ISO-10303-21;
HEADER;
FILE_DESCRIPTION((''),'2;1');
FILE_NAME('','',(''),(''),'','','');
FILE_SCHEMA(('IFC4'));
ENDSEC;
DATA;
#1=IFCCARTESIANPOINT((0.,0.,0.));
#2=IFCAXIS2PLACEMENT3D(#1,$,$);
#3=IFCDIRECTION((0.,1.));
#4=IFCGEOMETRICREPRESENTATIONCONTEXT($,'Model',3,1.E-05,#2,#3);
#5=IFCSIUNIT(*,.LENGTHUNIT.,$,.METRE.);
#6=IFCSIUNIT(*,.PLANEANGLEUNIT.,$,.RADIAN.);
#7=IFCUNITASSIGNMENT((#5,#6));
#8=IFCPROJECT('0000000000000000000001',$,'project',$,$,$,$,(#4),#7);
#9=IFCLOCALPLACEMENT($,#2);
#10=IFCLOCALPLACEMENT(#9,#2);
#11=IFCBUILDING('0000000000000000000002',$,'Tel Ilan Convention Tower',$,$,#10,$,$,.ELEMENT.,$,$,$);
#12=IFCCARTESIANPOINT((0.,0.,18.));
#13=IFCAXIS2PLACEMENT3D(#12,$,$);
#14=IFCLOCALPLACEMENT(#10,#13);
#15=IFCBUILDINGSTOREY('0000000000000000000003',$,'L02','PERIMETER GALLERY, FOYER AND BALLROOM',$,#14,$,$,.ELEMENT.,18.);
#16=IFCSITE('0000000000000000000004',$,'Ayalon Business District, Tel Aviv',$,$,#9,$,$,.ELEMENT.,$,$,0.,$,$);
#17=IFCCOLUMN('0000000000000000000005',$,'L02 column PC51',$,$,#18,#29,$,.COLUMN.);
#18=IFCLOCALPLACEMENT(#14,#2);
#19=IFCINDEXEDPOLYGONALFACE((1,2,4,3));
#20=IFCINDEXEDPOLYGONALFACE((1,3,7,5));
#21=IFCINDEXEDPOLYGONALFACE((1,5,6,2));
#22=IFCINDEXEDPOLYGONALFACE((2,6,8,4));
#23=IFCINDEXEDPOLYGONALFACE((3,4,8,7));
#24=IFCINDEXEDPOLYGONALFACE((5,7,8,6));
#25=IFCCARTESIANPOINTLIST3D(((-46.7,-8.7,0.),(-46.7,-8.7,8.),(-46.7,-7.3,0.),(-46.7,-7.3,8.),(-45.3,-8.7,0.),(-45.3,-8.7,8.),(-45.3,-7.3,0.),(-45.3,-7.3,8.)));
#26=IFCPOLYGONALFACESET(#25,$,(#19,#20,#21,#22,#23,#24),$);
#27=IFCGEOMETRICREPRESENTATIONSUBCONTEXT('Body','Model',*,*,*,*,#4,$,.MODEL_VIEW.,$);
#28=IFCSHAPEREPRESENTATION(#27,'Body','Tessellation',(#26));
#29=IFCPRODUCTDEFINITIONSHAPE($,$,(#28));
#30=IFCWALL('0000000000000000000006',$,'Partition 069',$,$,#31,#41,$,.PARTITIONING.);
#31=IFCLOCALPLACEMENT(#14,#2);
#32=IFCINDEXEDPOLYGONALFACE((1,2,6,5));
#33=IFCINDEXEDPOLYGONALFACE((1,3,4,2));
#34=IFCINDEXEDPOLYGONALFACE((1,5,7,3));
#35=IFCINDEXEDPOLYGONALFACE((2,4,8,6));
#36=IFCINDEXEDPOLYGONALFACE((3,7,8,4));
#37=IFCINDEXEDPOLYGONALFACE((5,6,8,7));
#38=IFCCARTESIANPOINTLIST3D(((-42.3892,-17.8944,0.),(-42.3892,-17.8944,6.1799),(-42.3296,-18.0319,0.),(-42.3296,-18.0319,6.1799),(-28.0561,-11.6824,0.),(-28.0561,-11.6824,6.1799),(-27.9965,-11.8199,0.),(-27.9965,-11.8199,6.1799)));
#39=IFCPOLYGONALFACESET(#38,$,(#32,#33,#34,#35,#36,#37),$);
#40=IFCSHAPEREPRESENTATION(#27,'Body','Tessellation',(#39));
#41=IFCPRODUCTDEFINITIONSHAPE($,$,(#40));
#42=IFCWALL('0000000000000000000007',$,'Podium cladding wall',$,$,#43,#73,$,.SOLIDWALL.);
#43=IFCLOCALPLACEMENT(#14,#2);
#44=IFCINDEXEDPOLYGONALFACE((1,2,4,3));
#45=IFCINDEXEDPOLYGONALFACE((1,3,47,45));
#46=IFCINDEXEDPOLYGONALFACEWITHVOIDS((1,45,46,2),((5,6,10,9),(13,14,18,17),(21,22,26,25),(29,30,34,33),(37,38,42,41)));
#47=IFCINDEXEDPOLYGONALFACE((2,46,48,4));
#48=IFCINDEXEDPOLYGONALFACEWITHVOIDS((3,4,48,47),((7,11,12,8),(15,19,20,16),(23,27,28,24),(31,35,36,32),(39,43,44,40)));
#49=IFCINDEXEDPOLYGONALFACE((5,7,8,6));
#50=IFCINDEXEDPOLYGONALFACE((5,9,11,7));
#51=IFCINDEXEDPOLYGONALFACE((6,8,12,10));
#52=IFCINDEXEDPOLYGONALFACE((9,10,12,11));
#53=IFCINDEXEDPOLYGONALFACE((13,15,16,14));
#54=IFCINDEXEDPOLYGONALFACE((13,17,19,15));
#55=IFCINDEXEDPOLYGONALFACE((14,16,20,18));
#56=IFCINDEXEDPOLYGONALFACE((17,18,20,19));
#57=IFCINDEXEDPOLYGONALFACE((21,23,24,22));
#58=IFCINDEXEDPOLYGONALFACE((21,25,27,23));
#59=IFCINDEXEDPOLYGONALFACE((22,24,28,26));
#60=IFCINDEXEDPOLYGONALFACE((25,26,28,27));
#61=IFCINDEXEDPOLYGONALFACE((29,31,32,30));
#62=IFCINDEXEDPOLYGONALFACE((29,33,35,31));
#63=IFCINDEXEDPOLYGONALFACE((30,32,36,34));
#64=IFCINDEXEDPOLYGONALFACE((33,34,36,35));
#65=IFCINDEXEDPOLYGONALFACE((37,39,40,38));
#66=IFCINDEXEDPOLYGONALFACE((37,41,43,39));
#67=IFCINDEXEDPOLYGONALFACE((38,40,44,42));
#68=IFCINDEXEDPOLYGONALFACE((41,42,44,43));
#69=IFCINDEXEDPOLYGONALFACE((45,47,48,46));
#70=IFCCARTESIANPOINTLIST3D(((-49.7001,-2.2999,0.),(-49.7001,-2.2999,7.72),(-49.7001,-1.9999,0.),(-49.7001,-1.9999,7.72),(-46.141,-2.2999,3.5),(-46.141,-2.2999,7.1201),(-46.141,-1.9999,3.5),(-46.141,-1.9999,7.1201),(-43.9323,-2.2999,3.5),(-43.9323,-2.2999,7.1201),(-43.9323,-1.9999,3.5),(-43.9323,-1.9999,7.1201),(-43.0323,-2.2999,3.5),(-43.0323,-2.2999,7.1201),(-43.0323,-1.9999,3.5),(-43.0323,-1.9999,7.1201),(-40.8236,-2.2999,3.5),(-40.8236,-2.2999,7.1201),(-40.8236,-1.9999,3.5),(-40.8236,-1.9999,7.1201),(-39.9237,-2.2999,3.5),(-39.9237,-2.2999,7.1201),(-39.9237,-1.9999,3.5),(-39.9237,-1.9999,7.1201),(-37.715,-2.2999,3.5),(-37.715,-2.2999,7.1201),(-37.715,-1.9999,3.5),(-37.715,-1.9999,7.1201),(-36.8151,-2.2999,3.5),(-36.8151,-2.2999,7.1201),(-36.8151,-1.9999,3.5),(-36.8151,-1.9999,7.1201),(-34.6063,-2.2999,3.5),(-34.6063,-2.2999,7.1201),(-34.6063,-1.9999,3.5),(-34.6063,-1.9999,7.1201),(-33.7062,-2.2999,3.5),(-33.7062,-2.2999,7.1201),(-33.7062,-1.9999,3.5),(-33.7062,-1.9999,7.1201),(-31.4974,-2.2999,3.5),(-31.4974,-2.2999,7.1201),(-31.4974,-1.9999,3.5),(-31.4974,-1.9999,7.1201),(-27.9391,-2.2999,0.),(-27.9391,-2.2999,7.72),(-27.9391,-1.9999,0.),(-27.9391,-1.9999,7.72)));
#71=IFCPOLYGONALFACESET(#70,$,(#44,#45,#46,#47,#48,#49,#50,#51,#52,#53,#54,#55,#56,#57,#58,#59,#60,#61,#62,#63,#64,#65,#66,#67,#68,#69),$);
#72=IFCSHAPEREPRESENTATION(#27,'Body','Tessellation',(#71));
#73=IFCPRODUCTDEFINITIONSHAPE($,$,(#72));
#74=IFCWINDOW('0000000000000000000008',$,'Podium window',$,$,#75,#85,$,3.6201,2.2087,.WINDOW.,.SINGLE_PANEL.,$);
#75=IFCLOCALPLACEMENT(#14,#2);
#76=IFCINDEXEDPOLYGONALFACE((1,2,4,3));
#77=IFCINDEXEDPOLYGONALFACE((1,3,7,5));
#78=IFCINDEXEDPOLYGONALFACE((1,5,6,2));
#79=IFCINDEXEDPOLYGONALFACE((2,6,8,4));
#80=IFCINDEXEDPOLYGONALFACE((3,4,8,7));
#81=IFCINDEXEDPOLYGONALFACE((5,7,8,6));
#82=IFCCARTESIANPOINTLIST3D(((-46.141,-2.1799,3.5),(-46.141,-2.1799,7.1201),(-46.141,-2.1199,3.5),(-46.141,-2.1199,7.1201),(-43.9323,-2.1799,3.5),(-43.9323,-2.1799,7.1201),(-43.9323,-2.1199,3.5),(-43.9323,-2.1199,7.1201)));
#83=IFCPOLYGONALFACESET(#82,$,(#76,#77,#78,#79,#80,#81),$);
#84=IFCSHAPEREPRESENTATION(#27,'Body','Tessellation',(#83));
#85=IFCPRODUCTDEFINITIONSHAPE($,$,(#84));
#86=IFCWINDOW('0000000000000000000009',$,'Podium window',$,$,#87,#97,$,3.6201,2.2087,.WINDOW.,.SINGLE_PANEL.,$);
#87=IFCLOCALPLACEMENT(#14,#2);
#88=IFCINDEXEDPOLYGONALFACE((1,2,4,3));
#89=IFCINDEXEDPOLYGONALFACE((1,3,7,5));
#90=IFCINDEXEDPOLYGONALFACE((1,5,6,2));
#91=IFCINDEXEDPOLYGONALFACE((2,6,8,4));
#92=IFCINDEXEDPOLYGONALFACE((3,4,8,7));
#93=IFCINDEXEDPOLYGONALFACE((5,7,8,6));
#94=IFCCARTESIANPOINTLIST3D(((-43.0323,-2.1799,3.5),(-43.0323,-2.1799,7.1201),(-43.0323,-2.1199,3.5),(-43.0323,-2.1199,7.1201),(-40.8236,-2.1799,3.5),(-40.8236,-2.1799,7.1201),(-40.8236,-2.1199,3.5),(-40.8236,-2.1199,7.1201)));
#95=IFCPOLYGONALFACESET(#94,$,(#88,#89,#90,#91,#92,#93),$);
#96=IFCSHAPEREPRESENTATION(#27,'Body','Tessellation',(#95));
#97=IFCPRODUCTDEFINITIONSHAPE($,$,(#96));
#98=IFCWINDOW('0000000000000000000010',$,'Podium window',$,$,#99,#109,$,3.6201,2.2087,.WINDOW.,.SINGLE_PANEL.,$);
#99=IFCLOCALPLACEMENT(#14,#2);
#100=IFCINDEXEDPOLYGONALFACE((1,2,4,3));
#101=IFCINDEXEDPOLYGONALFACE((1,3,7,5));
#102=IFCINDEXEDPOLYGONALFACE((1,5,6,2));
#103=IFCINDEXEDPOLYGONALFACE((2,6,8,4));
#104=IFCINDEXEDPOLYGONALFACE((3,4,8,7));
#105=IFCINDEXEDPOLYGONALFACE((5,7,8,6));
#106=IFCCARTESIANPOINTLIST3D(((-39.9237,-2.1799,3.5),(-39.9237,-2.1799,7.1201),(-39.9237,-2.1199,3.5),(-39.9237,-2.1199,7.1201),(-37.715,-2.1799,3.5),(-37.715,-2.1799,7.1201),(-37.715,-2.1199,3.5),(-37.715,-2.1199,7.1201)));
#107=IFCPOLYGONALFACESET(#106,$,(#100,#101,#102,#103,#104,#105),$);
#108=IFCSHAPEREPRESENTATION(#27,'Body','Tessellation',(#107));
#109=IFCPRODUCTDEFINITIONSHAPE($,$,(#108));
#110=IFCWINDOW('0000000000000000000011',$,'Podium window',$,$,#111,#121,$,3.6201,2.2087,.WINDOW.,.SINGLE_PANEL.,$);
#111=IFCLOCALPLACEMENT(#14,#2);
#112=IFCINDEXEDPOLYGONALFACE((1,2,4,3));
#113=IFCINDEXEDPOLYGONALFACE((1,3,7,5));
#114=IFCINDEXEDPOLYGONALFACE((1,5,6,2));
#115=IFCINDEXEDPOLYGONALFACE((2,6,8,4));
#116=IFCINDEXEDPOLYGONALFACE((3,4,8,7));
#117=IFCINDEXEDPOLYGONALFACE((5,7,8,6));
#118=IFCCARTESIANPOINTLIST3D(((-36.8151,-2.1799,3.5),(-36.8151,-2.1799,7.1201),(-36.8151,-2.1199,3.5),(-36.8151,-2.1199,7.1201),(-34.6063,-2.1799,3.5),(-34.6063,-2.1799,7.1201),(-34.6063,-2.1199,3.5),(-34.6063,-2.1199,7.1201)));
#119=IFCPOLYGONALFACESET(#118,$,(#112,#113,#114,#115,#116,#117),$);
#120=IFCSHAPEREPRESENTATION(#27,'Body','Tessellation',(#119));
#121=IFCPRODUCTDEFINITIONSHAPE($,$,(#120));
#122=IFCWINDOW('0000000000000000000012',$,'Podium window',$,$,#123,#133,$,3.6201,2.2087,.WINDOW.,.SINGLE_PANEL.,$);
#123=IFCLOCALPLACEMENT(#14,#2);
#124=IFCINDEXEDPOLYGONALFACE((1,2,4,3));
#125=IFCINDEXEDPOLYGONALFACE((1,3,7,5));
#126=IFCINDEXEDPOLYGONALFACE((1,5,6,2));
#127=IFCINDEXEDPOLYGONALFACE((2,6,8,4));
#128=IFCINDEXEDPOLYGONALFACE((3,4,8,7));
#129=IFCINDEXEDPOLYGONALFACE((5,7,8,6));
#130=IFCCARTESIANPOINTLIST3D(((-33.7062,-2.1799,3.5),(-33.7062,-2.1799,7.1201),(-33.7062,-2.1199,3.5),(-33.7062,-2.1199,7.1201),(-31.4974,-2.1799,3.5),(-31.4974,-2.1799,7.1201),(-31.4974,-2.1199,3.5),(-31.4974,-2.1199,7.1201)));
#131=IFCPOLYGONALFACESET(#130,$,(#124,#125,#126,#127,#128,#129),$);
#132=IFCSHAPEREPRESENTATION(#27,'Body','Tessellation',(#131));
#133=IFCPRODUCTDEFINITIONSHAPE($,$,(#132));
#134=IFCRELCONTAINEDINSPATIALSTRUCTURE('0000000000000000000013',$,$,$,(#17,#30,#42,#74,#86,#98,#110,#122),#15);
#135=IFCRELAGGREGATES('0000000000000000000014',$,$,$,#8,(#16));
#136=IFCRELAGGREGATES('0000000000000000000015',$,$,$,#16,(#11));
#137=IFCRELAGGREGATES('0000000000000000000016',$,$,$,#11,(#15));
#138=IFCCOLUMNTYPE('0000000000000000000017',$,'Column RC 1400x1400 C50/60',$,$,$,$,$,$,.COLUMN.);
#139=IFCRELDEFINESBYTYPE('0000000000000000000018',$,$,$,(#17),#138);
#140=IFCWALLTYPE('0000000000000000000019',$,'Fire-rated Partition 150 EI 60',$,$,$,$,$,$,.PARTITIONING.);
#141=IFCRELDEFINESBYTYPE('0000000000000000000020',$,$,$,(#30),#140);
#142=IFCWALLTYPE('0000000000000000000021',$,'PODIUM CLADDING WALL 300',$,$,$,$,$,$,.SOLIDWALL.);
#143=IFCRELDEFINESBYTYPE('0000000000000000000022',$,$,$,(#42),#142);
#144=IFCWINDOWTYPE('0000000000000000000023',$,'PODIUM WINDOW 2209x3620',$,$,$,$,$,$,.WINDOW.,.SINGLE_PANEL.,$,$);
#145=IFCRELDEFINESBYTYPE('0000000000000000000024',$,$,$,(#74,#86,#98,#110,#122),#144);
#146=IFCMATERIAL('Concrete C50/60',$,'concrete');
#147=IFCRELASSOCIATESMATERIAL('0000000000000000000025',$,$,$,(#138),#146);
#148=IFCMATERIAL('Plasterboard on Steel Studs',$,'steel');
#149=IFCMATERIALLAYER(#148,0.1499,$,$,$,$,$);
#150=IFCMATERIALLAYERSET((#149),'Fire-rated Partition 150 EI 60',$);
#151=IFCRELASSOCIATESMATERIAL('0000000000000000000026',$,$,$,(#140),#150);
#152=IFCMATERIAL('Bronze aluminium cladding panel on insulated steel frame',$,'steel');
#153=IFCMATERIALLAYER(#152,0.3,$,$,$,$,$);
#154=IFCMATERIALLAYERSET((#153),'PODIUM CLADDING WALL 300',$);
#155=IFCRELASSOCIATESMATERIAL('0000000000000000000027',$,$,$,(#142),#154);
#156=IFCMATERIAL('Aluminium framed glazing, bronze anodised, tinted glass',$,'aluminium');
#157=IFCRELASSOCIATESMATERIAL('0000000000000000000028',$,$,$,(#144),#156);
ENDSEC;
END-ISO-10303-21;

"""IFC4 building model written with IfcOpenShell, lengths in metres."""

from ifc_helpers import new_model, si_unit, direction, frame, frame_2d, origin, origin_2d, place, context, subcontext, project, spatial, rectangle, extrude, material, layer, layer_set, material_profile, profile_set, type_object, element, fill, save


model = new_model("IFC4")

# Units and contexts
model_context = context("Model", 3, precision=1e-05, world=origin(), true_north=direction((0.0, 1.0)))
body_context = subcontext(model_context, "Body", "Model", "MODEL_VIEW")
ifc_project = project(units=[si_unit("LENGTHUNIT", "METRE"), si_unit("PLANEANGLEUNIT", "RADIAN")], contexts=[model_context])

# Site, building, storey
site_placement = place(None, origin())
site = spatial("IfcSite", under=ifc_project, at=site_placement, Name="Ayalon Business District, Tel Aviv", CompositionType="ELEMENT", RefElevation=0.0)
building_placement = place(site_placement, origin())
building = spatial("IfcBuilding", under=site, at=building_placement, Name="Tel Ilan Convention Tower", CompositionType="ELEMENT")
storey_placement = place(building_placement, frame((0.0, 0.0, 18.0)))
storey = spatial("IfcBuildingStorey", under=building, at=storey_placement, Name="L02", Description="PERIMETER GALLERY, FOYER AND BALLROOM", CompositionType="ELEMENT", Elevation=18.0)

# Column
ifc_material_1 = material(Name="Concrete C50/60", Category="concrete")
ifc_material_profile = material_profile(ifc_material_1, rectangle(XDim=1.3999, YDim=1.3999, at=origin_2d()), Name="RC 1400x1400")
ifc_profile_set = profile_set([ifc_material_profile], Name="Concrete C50/60")
column_type = type_object("IfcColumnType", Name="Column RC 1400x1400 C50/60", PredefinedType="COLUMN", material=ifc_profile_set)
column_placement = place(storey_placement, frame((-46.0, -8.0, 0.0), z_axis=(0.0, 0.0, 1.0), x_axis=(1.0, 0.0, 0.0)))
element("IfcColumn", 1, at=column_placement, inside=storey, type_object=column_type, Name="L02 column PC51", PredefinedType="COLUMN", context=body_context, shape_type="SweptSolid", body=[
    extrude(rectangle(XDim=1.3999, YDim=1.3999, at=origin_2d()), origin(), (0.0, 0.0, 1.0), 8.0),
])

# Wall
ifc_material_2 = material(Name="Plasterboard on Steel Studs", Category="steel")
ifc_layer_1 = layer(ifc_material_2, 0.1499)
ifc_layer_set_1 = layer_set([ifc_layer_1], Name="Fire-rated Partition 150 EI 60")
wall_type_1 = type_object("IfcWallType", Name="Fire-rated Partition 150 EI 60", PredefinedType="PARTITIONING", material=ifc_layer_set_1)
wall_1_placement = place(storey_placement, frame((-28.0264, -11.7512, 0.0), z_axis=(0.0, 0.0, 1.0), x_axis=(-0.917534, -0.397658, 0.0)))
element("IfcWall", 2, at=wall_1_placement, inside=storey, type_object=wall_type_1, Name="Partition 069", PredefinedType="PARTITIONING", context=body_context, shape_type="SweptSolid", body=[
    extrude(rectangle(XDim=15.6213, YDim=0.1499, at=frame_2d((7.8105, 0.0))), origin(), (0.0, 0.0, 1.0), 6.1799),
])

# Wall, openings, windows
ifc_material_3 = material(Name="Bronze aluminium cladding panel on insulated steel frame", Category="steel")
ifc_layer_2 = layer(ifc_material_3, 0.3)
ifc_layer_set_2 = layer_set([ifc_layer_2], Name="PODIUM CLADDING WALL 300")
wall_type_2 = type_object("IfcWallType", Name="PODIUM CLADDING WALL 300", PredefinedType="SOLIDWALL", material=ifc_layer_set_2)
wall_2_placement = place(storey_placement, frame((-49.7, -2.1499, 0.0), z_axis=(0.0, 0.0, 1.0), x_axis=(1.0, 0.0, 0.0)))
wall_2 = element("IfcWall", 3, at=wall_2_placement, inside=storey, type_object=wall_type_2, Name="Podium cladding wall", PredefinedType="SOLIDWALL", context=body_context, shape_type="SweptSolid", body=[
    extrude(rectangle(XDim=21.761, YDim=0.3, at=frame_2d((10.8804, 0.0))), origin(), (0.0, 0.0, 1.0), 7.72),
])
opening_1_placement = place(wall_2_placement, frame((3.5588, 0.0, 3.5)))
opening_1 = element("IfcOpeningElement", 4, at=opening_1_placement, cuts=wall_2, PredefinedType="OPENING", context=body_context, shape_type="SweptSolid", body=[
    extrude(rectangle(XDim=2.2087, YDim=3.6201, at=frame_2d((1.1045, 1.8101))), frame((0.0, 0.1599, 0.0), z_axis=(0.0, -1.0, 0.0), x_axis=(1.0, 0.0, 0.0)), (0.0, 0.0, 1.0), 0.3201),
])
opening_2_placement = place(wall_2_placement, frame((6.6675, 0.0, 3.5)))
opening_2 = element("IfcOpeningElement", 5, at=opening_2_placement, cuts=wall_2, PredefinedType="OPENING", context=body_context, shape_type="SweptSolid", body=[
    extrude(rectangle(XDim=2.2087, YDim=3.6201, at=frame_2d((1.1045, 1.8101))), frame((0.0, 0.1599, 0.0), z_axis=(0.0, -1.0, 0.0), x_axis=(1.0, 0.0, 0.0)), (0.0, 0.0, 1.0), 0.3201),
])
opening_3_placement = place(wall_2_placement, frame((9.7761, 0.0, 3.5)))
opening_3 = element("IfcOpeningElement", 6, at=opening_3_placement, cuts=wall_2, PredefinedType="OPENING", context=body_context, shape_type="SweptSolid", body=[
    extrude(rectangle(XDim=2.2087, YDim=3.6201, at=frame_2d((1.1045, 1.8101))), frame((0.0, 0.1599, 0.0), z_axis=(0.0, -1.0, 0.0), x_axis=(1.0, 0.0, 0.0)), (0.0, 0.0, 1.0), 0.3201),
])
opening_4_placement = place(wall_2_placement, frame((12.8848, 0.0, 3.5)))
opening_4 = element("IfcOpeningElement", 7, at=opening_4_placement, cuts=wall_2, PredefinedType="OPENING", context=body_context, shape_type="SweptSolid", body=[
    extrude(rectangle(XDim=2.2087, YDim=3.6201, at=frame_2d((1.1045, 1.8101))), frame((0.0, 0.1599, 0.0), z_axis=(0.0, -1.0, 0.0), x_axis=(1.0, 0.0, 0.0)), (0.0, 0.0, 1.0), 0.3201),
])
opening_5_placement = place(wall_2_placement, frame((15.9937, 0.0, 3.5)))
opening_5 = element("IfcOpeningElement", 8, at=opening_5_placement, cuts=wall_2, PredefinedType="OPENING", context=body_context, shape_type="SweptSolid", body=[
    extrude(rectangle(XDim=2.2087, YDim=3.6201, at=frame_2d((1.1045, 1.8101))), frame((0.0, 0.1599, 0.0), z_axis=(0.0, -1.0, 0.0), x_axis=(1.0, 0.0, 0.0)), (0.0, 0.0, 1.0), 0.3201),
])
ifc_material_4 = material(Name="Aluminium framed glazing, bronze anodised, tinted glass", Category="aluminium")
window_type_1 = type_object("IfcWindowType", Name="PODIUM WINDOW 2209x3620", PartitioningType="SINGLE_PANEL", PredefinedType="WINDOW", material=ifc_material_4)
window_1_placement = place(opening_1_placement, origin())
window_1 = element("IfcWindow", 9, at=window_1_placement, inside=storey, type_object=window_type_1, Name="Podium window", OverallHeight=3.6201, OverallWidth=2.2087, PartitioningType="SINGLE_PANEL", PredefinedType="WINDOW", context=body_context, shape_type="SweptSolid", body=[
    extrude(rectangle(XDim=2.2087, YDim=3.6201, at=frame_2d((1.1045, 1.8101))), frame((0.0, 0.03, 0.0), z_axis=(0.0, -1.0, 0.0), x_axis=(1.0, 0.0, 0.0)), (0.0, 0.0, 1.0), 0.0601),
])
fill(opening_1, window_1)
window_2_placement = place(opening_2_placement, origin())
window_2 = element("IfcWindow", 10, at=window_2_placement, inside=storey, type_object=window_type_1, Name="Podium window", OverallHeight=3.6201, OverallWidth=2.2087, PartitioningType="SINGLE_PANEL", PredefinedType="WINDOW", context=body_context, shape_type="SweptSolid", body=[
    extrude(rectangle(XDim=2.2087, YDim=3.6201, at=frame_2d((1.1045, 1.8101))), frame((0.0, 0.03, 0.0), z_axis=(0.0, -1.0, 0.0), x_axis=(1.0, 0.0, 0.0)), (0.0, 0.0, 1.0), 0.0601),
])
fill(opening_2, window_2)
window_3_placement = place(opening_3_placement, origin())
window_3 = element("IfcWindow", 11, at=window_3_placement, inside=storey, type_object=window_type_1, Name="Podium window", OverallHeight=3.6201, OverallWidth=2.2087, PartitioningType="SINGLE_PANEL", PredefinedType="WINDOW", context=body_context, shape_type="SweptSolid", body=[
    extrude(rectangle(XDim=2.2087, YDim=3.6201, at=frame_2d((1.1045, 1.8101))), frame((0.0, 0.03, 0.0), z_axis=(0.0, -1.0, 0.0), x_axis=(1.0, 0.0, 0.0)), (0.0, 0.0, 1.0), 0.0601),
])
fill(opening_3, window_3)
window_4_placement = place(opening_4_placement, origin())
window_4 = element("IfcWindow", 12, at=window_4_placement, inside=storey, type_object=window_type_1, Name="Podium window", OverallHeight=3.6201, OverallWidth=2.2087, PartitioningType="SINGLE_PANEL", PredefinedType="WINDOW", context=body_context, shape_type="SweptSolid", body=[
    extrude(rectangle(XDim=2.2087, YDim=3.6201, at=frame_2d((1.1045, 1.8101))), frame((0.0, 0.03, 0.0), z_axis=(0.0, -1.0, 0.0), x_axis=(1.0, 0.0, 0.0)), (0.0, 0.0, 1.0), 0.0601),
])
fill(opening_4, window_4)
window_5_placement = place(opening_5_placement, origin())
window_5 = element("IfcWindow", 13, at=window_5_placement, inside=storey, type_object=window_type_1, Name="Podium window", OverallHeight=3.6201, OverallWidth=2.2087, PartitioningType="SINGLE_PANEL", PredefinedType="WINDOW", context=body_context, shape_type="SweptSolid", body=[
    extrude(rectangle(XDim=2.2087, YDim=3.6201, at=frame_2d((1.1045, 1.8101))), frame((0.0, 0.03, 0.0), z_axis=(0.0, -1.0, 0.0), x_axis=(1.0, 0.0, 0.0)), (0.0, 0.0, 1.0), 0.0601),
])
fill(opening_5, window_5)

save(model, "model.ifc")
